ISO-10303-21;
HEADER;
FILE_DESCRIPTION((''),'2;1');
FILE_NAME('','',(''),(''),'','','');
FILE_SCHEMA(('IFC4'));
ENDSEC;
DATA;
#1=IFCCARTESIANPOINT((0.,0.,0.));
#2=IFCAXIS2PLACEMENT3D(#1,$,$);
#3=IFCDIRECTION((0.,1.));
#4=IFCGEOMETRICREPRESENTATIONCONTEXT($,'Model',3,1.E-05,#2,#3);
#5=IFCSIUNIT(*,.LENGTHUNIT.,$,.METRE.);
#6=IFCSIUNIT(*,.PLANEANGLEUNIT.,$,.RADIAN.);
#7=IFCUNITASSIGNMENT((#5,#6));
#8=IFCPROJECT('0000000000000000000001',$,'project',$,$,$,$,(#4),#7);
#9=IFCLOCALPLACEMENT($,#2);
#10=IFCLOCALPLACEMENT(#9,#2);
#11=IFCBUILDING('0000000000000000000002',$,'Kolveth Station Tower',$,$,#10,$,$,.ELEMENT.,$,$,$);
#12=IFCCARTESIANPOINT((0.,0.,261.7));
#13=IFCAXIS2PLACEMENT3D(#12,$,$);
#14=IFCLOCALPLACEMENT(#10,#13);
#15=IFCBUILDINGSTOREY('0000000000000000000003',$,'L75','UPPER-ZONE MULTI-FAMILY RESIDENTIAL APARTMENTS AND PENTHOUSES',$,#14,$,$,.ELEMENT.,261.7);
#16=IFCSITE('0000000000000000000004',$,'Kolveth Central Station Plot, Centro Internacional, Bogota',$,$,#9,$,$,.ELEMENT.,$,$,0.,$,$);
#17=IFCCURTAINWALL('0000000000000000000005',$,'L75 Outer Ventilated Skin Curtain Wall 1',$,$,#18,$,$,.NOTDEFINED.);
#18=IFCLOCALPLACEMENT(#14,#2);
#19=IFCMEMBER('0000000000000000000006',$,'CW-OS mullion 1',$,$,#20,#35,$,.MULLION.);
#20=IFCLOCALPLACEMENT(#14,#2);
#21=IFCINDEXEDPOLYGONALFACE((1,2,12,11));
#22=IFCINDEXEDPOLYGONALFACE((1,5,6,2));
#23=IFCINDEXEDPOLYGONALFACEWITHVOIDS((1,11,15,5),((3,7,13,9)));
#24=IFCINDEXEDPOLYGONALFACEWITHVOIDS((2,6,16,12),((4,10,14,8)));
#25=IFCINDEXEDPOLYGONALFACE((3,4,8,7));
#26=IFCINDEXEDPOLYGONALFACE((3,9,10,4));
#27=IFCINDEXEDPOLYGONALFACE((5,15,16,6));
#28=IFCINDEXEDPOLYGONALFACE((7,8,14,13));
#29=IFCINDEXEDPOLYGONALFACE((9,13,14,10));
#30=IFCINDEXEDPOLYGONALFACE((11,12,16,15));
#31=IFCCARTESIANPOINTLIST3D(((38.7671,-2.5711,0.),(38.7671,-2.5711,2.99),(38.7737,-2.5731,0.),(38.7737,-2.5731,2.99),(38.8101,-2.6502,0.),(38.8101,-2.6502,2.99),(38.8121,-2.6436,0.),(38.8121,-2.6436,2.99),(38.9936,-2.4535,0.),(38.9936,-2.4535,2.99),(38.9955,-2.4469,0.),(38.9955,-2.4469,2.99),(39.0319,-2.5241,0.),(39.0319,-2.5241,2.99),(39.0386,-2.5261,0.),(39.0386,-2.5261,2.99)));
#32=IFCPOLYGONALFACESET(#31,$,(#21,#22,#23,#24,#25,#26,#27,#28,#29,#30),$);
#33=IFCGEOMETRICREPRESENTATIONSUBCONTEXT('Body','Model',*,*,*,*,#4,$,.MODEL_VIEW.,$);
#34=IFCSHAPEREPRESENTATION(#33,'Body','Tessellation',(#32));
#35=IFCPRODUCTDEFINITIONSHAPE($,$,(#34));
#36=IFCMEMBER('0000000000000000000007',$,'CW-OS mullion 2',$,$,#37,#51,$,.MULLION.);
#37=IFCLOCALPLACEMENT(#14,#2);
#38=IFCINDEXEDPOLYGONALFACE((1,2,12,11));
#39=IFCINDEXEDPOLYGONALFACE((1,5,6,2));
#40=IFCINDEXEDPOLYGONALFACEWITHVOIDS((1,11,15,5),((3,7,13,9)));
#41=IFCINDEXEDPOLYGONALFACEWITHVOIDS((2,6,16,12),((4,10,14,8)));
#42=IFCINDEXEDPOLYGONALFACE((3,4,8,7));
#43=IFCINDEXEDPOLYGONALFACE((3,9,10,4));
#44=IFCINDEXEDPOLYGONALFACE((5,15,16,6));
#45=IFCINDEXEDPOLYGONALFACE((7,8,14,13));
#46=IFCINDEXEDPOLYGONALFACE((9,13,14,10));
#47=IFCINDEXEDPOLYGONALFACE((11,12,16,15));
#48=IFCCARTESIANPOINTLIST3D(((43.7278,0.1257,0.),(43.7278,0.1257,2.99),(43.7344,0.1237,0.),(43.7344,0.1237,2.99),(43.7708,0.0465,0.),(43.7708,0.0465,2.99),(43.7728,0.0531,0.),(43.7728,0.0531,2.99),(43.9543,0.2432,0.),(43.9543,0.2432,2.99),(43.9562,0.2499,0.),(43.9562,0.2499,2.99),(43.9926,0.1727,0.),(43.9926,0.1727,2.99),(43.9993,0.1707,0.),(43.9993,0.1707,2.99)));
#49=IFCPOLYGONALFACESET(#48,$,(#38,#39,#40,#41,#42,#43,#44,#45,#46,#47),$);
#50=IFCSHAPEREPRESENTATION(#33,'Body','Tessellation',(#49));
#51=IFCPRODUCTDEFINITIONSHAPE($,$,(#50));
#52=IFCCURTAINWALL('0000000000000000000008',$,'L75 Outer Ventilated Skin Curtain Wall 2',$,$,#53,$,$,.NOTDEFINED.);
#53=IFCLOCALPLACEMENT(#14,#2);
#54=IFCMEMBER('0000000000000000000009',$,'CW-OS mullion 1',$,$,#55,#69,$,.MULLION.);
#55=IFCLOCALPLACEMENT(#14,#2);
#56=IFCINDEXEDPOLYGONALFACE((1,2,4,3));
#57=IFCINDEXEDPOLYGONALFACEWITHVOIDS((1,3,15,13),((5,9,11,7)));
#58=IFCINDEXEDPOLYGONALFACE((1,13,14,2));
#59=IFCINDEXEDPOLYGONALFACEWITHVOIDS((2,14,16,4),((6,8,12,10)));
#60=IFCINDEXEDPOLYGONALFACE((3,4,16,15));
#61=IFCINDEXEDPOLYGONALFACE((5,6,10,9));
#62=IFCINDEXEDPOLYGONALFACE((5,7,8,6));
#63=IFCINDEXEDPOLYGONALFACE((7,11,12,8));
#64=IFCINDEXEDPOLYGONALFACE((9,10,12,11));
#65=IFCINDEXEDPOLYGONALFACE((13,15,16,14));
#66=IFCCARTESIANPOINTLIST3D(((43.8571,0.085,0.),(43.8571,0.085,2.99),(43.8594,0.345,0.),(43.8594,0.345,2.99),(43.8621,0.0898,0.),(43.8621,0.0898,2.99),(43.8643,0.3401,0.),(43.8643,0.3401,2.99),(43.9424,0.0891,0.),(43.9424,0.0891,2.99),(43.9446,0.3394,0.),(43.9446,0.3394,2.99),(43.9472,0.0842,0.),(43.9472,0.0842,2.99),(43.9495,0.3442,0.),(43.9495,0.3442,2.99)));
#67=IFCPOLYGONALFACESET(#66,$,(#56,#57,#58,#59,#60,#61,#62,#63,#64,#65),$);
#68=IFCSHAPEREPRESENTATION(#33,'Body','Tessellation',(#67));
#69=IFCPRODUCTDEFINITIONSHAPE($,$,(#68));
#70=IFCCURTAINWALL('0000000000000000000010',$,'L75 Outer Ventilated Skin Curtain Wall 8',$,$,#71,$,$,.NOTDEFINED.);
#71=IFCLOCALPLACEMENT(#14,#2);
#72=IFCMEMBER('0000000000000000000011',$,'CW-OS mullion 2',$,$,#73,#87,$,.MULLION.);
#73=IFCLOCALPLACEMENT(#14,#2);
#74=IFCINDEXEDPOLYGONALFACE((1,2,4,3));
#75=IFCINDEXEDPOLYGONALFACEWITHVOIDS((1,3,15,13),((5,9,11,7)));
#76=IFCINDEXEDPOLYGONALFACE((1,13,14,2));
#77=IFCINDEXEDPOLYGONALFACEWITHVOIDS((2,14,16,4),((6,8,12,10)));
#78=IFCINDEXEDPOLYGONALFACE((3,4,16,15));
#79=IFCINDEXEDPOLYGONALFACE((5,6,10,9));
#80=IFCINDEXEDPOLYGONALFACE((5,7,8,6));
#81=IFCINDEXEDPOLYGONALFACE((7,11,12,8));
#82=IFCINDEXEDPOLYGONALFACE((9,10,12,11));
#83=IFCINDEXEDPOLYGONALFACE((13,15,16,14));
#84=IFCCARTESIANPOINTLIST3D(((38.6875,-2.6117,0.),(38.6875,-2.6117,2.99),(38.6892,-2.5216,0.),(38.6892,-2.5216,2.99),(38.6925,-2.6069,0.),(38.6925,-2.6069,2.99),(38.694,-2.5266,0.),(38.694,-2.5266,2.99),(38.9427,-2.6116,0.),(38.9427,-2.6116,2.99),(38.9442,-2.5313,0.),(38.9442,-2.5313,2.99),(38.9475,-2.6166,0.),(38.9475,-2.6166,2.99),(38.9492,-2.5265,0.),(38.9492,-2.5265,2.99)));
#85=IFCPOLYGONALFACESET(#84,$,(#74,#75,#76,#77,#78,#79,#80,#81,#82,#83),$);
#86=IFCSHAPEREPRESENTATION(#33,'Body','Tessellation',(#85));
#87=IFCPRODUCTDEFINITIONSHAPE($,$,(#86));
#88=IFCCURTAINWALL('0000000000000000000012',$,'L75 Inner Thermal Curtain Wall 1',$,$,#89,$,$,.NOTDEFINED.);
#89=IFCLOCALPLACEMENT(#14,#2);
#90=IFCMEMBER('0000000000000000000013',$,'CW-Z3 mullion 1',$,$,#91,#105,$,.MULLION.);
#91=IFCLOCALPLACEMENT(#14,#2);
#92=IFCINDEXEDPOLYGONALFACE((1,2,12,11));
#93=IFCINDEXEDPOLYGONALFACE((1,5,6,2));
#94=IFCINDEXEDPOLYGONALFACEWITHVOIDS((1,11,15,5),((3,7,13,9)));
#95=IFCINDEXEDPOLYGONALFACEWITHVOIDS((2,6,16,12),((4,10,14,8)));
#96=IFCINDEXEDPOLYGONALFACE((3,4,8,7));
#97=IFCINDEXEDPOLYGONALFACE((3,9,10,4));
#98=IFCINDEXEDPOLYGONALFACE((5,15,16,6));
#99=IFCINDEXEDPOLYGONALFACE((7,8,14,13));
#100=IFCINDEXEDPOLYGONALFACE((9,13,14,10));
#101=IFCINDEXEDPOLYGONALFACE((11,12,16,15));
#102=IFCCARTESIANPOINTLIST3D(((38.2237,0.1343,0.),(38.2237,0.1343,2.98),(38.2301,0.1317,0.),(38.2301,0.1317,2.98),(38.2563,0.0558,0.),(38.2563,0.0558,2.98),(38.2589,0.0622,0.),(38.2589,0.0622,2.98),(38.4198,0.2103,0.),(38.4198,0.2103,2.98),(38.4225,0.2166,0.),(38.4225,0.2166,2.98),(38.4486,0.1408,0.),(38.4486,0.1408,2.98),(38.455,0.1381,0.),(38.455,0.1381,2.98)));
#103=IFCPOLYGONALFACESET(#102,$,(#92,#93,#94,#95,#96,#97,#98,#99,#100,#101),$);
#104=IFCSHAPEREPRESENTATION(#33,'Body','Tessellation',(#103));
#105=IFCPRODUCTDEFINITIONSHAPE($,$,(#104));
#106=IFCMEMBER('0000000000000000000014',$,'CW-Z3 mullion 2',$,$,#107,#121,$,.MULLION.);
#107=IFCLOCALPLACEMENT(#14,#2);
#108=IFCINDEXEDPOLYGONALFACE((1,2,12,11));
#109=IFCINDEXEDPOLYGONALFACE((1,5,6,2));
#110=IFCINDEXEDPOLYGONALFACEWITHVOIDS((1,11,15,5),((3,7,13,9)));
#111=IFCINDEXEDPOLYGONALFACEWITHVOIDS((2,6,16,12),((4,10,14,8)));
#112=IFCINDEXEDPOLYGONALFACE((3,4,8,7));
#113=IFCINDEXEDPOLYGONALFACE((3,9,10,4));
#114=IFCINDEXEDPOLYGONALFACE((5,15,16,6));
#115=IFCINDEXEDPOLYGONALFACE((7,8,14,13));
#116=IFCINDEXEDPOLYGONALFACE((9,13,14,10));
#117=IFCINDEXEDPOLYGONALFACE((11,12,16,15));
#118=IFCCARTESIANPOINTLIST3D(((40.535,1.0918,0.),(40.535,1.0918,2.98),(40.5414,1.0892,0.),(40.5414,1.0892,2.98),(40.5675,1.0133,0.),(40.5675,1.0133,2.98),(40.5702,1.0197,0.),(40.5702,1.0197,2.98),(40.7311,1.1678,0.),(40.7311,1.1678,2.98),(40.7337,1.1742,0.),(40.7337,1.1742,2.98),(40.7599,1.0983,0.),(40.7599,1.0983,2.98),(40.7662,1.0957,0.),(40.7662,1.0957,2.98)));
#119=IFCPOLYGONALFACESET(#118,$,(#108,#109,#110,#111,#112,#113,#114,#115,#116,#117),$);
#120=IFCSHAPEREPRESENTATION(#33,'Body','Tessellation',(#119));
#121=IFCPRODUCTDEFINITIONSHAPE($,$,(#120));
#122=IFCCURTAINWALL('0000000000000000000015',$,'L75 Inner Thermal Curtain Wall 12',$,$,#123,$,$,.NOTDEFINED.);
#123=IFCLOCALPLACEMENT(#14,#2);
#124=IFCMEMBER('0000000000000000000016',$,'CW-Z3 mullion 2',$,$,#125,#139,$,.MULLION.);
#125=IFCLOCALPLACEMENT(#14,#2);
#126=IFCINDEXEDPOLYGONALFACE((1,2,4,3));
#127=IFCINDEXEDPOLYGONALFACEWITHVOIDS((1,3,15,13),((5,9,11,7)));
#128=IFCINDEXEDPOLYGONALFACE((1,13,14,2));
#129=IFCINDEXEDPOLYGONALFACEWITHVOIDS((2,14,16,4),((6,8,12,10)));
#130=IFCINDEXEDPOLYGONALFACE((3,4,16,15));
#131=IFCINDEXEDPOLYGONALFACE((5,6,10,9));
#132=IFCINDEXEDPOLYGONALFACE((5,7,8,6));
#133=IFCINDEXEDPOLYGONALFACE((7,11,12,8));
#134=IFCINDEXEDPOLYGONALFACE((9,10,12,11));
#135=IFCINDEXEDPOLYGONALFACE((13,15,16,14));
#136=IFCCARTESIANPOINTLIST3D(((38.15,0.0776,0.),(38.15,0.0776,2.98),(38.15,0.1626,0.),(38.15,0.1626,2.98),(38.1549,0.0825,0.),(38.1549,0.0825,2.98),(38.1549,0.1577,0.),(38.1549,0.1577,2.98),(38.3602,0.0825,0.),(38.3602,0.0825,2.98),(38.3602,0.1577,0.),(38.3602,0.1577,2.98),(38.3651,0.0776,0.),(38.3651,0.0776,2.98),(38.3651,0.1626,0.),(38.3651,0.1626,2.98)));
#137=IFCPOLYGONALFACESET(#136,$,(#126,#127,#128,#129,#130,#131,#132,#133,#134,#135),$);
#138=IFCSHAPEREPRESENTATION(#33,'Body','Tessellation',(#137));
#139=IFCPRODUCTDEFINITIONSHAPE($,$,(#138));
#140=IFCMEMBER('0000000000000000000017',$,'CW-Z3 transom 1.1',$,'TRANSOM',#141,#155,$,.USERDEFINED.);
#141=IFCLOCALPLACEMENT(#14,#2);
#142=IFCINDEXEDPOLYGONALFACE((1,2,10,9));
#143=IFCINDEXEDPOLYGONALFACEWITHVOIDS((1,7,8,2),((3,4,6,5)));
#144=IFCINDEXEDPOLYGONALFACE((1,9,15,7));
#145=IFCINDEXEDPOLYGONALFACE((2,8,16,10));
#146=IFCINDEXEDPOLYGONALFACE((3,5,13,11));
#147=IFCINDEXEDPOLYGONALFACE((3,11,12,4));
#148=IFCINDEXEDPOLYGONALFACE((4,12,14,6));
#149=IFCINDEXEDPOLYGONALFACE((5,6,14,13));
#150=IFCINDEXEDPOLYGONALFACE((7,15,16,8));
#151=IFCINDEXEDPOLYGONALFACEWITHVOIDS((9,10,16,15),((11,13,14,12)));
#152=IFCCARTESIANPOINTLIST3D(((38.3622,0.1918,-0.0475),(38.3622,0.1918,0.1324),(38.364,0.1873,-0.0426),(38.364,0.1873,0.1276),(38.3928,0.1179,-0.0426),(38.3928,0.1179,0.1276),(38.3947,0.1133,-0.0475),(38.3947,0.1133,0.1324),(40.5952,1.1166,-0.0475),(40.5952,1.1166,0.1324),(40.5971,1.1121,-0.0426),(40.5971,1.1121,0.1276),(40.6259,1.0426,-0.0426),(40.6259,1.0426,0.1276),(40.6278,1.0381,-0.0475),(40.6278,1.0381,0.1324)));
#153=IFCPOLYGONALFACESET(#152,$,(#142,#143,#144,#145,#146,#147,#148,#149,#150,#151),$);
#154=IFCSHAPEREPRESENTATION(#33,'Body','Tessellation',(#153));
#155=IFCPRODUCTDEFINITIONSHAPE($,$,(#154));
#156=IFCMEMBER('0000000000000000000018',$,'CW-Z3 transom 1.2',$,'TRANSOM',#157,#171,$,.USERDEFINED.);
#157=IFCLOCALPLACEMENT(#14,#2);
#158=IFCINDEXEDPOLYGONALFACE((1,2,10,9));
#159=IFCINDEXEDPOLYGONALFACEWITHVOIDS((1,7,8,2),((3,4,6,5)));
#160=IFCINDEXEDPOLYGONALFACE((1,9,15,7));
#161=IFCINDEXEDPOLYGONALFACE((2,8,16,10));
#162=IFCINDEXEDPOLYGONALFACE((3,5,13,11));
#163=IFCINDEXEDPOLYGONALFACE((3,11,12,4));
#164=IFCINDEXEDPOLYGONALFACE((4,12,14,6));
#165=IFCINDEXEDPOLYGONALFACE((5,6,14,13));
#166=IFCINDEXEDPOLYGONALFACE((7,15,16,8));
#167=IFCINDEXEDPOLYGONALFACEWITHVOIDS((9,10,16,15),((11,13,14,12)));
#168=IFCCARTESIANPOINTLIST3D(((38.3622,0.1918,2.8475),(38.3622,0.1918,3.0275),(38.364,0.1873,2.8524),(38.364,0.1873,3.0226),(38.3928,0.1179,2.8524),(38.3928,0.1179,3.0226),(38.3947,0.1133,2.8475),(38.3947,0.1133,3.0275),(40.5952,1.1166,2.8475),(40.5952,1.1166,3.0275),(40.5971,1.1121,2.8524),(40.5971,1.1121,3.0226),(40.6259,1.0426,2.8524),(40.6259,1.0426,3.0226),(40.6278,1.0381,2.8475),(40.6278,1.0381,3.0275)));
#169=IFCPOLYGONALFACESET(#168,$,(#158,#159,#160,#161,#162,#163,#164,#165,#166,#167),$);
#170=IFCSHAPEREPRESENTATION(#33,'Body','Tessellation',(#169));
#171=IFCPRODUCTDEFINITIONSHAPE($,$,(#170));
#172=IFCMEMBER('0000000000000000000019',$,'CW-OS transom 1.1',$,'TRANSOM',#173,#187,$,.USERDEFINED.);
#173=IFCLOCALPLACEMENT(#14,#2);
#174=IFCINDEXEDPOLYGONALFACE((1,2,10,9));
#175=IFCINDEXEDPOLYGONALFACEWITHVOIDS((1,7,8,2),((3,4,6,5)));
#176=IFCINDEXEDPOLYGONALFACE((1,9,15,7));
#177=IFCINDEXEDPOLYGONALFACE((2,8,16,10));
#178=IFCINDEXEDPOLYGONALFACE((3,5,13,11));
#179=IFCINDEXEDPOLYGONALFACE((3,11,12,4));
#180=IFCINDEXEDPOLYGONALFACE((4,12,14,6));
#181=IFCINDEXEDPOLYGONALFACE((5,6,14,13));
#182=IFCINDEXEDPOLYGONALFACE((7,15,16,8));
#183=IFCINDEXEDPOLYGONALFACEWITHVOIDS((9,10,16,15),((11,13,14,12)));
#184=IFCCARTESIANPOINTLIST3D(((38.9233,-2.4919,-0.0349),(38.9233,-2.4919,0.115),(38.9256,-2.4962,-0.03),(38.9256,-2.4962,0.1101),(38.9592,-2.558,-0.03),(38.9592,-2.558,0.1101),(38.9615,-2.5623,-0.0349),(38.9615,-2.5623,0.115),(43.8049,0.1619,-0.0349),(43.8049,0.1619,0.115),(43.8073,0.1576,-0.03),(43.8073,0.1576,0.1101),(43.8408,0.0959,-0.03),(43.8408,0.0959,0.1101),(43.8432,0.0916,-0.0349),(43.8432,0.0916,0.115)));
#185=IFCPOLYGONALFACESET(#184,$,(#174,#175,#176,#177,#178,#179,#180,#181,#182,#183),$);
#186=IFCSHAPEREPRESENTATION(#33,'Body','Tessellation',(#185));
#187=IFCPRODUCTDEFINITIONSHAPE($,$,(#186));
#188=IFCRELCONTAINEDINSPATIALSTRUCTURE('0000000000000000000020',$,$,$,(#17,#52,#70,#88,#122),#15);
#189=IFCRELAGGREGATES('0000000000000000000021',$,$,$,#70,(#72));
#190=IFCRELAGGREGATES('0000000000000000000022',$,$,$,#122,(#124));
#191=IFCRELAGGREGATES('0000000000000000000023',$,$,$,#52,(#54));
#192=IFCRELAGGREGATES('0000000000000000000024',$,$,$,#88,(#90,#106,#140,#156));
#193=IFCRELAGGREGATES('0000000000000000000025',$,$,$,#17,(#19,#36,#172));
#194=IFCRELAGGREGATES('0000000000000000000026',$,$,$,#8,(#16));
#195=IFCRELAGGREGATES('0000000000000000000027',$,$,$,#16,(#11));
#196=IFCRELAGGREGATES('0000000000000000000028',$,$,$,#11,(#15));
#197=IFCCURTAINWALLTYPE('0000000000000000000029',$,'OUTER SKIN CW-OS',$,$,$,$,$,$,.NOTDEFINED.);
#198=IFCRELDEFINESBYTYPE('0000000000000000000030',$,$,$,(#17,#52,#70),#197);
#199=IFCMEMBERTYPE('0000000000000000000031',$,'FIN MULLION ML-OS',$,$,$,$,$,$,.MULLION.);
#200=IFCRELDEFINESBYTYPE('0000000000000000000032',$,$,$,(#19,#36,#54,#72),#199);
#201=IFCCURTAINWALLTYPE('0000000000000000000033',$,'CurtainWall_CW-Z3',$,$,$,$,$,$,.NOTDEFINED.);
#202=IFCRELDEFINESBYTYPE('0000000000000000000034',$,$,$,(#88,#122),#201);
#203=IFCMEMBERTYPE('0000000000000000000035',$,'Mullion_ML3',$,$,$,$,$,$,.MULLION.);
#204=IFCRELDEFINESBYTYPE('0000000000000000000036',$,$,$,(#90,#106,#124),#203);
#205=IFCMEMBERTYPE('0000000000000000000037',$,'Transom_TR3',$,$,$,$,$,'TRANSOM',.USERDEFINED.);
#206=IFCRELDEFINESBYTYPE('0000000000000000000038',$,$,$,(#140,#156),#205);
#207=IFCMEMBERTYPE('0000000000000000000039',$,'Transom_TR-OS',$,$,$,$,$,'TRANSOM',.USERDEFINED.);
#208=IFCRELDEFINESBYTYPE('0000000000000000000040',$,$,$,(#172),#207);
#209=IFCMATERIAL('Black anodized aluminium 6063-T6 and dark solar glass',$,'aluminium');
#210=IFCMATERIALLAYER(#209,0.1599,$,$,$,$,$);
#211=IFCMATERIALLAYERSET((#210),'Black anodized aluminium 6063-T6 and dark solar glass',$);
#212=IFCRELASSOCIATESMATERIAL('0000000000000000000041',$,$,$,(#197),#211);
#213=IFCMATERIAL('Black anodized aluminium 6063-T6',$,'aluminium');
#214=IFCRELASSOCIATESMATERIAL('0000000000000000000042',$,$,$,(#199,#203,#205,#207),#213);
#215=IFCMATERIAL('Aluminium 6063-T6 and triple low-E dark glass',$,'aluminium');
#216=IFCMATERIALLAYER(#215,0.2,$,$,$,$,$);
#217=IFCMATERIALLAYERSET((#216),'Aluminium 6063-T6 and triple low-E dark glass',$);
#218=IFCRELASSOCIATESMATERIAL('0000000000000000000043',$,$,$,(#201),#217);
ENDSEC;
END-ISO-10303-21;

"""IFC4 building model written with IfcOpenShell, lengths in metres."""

from ifc_helpers import new_model, si_unit, direction, frame, origin, origin_2d, place, context, subcontext, project, spatial, hollow_rectangle, extrude, source, transform, mapped, material, layer, layer_set, material_profile, profile_set, type_object, element, aggregate, save


model = new_model("IFC4")

# Units and contexts
model_context = context("Model", 3, precision=1e-05, world=origin(), true_north=direction((0.0, 1.0)))
body_context = subcontext(model_context, "Body", "Model", "MODEL_VIEW")
ifc_project = project(units=[si_unit("LENGTHUNIT", "METRE"), si_unit("PLANEANGLEUNIT", "RADIAN")], contexts=[model_context])

# Site, building, storey
site_placement = place(None, origin())
site = spatial("IfcSite", under=ifc_project, at=site_placement, Name="Kolveth Central Station Plot, Centro Internacional, Bogota", CompositionType="ELEMENT", RefElevation=0.0)
building_placement = place(site_placement, origin())
building = spatial("IfcBuilding", under=site, at=building_placement, Name="Kolveth Station Tower", CompositionType="ELEMENT")
storey_placement = place(building_placement, frame((0.0, 0.0, 261.7)))
storey = spatial("IfcBuildingStorey", under=building, at=storey_placement, Name="L75", Description="UPPER-ZONE MULTI-FAMILY RESIDENTIAL APARTMENTS AND PENTHOUSES", CompositionType="ELEMENT", Elevation=261.7)

# Curtain wall, members
ifc_material_1 = material(Name="Black anodized aluminium 6063-T6 and dark solar glass", Category="aluminium")
ifc_layer_1 = layer(ifc_material_1, 0.1599)
ifc_layer_set_1 = layer_set([ifc_layer_1], Name="Black anodized aluminium 6063-T6 and dark solar glass")
curtain_wall_type_1 = type_object("IfcCurtainWallType", Name="OUTER SKIN CW-OS", PredefinedType="NOTDEFINED", material=ifc_layer_set_1)
curtain_wall_1_placement = place(storey_placement, origin())
curtain_wall_1 = element("IfcCurtainWall", 1, at=curtain_wall_1_placement, inside=storey, type_object=curtain_wall_type_1, Name="L75 Outer Ventilated Skin Curtain Wall 1", PredefinedType="NOTDEFINED")
ifc_material_2 = material(Name="Black anodized aluminium 6063-T6", Category="aluminium")
ifc_material_profile_1 = material_profile(ifc_material_2, hollow_rectangle(XDim=0.0901, YDim=0.26, WallThickness=0.0049, at=origin_2d()), Name="ALU-90x260x5")
ifc_profile_set_1 = profile_set([ifc_material_profile_1], Name="Black anodized aluminium 6063-T6")
member_type_1 = type_object("IfcMemberType", Name="FIN MULLION ML-OS", PredefinedType="MULLION", material=ifc_profile_set_1)
shared_shape_1 = source(origin(), body_context, "Body", "SweptSolid", [
    extrude(hollow_rectangle(XDim=0.0901, YDim=0.26, WallThickness=0.0049, at=origin_2d()), origin(), (0.0, 0.0, 1.0), 2.99),
])
member_1_placement = place(storey_placement, frame((38.9028, -2.5486, 0.0), z_axis=(0.0, 0.0, 1.0), x_axis=(-0.477606, 0.878574, 0.0)))
member_1 = element("IfcMember", 2, at=member_1_placement, type_object=member_type_1, Name="CW-OS mullion 1", PredefinedType="MULLION", context=body_context, shape_type="MappedRepresentation", body=[
    mapped(shared_shape_1, transform((0.0, 0.0, 0.0), x_axis=(1.0, 0.0, 0.0), y_axis=(0.0, 1.0, 0.0), z_axis=(0.0, 0.0, 1.0), scale=1.0)),
])
member_2_placement = place(storey_placement, frame((43.8635, 0.1482, 0.0), z_axis=(0.0, 0.0, 1.0), x_axis=(-0.477606, 0.878574, 0.0)))
member_2 = element("IfcMember", 3, at=member_2_placement, type_object=member_type_1, Name="CW-OS mullion 2", PredefinedType="MULLION", context=body_context, shape_type="MappedRepresentation", body=[
    mapped(shared_shape_1, transform((0.0, 0.0, 0.0), x_axis=(1.0, 0.0, 0.0), y_axis=(0.0, 1.0, 0.0), z_axis=(0.0, 0.0, 1.0), scale=1.0)),
])

# Curtain walls, members
curtain_wall_2_placement = place(storey_placement, origin())
curtain_wall_2 = element("IfcCurtainWall", 4, at=curtain_wall_2_placement, inside=storey, type_object=curtain_wall_type_1, Name="L75 Outer Ventilated Skin Curtain Wall 2", PredefinedType="NOTDEFINED")
member_3_placement = place(storey_placement, frame((43.9033, 0.2146, 0.0), z_axis=(0.0, 0.0, 1.0), x_axis=(-0.999961, 0.008779, 0.0)))
member_3 = element("IfcMember", 5, at=member_3_placement, type_object=member_type_1, Name="CW-OS mullion 1", PredefinedType="MULLION", context=body_context, shape_type="MappedRepresentation", body=[
    mapped(shared_shape_1, transform((0.0, 0.0, 0.0), x_axis=(1.0, 0.0, 0.0), y_axis=(0.0, 1.0, 0.0), z_axis=(0.0, 0.0, 1.0), scale=1.0)),
])
curtain_wall_3_placement = place(storey_placement, origin())
curtain_wall_3 = element("IfcCurtainWall", 6, at=curtain_wall_3_placement, inside=storey, type_object=curtain_wall_type_1, Name="L75 Outer Ventilated Skin Curtain Wall 8", PredefinedType="NOTDEFINED")
member_4_placement = place(storey_placement, frame((38.8184, -2.5691, 0.0), z_axis=(0.0, 0.0, 1.0), x_axis=(0.018918, 0.999821, 0.0)))
member_4 = element("IfcMember", 7, at=member_4_placement, type_object=member_type_1, Name="CW-OS mullion 2", PredefinedType="MULLION", context=body_context, shape_type="MappedRepresentation", body=[
    mapped(shared_shape_1, transform((0.0, 0.0, 0.0), x_axis=(1.0, 0.0, 0.0), y_axis=(0.0, 1.0, 0.0), z_axis=(0.0, 0.0, 1.0), scale=1.0)),
])
aggregate(curtain_wall_3, [member_4])

# Curtain wall, members
ifc_material_3 = material(Name="Aluminium 6063-T6 and triple low-E dark glass", Category="aluminium")
ifc_layer_2 = layer(ifc_material_3, 0.2)
ifc_layer_set_2 = layer_set([ifc_layer_2], Name="Aluminium 6063-T6 and triple low-E dark glass")
curtain_wall_type_2 = type_object("IfcCurtainWallType", Name="CurtainWall_CW-Z3", PredefinedType="NOTDEFINED", material=ifc_layer_set_2)
curtain_wall_4_placement = place(storey_placement, origin())
curtain_wall_4 = element("IfcCurtainWall", 8, at=curtain_wall_4_placement, inside=storey, type_object=curtain_wall_type_2, Name="L75 Inner Thermal Curtain Wall 1", PredefinedType="NOTDEFINED")
ifc_material_profile_2 = material_profile(ifc_material_2, hollow_rectangle(XDim=0.085, YDim=0.2151, WallThickness=0.0049, at=origin_2d()), Name="ALU-85x215x5")
ifc_profile_set_2 = profile_set([ifc_material_profile_2], Name="Black anodized aluminium 6063-T6")
member_type_2 = type_object("IfcMemberType", Name="Mullion_ML3", PredefinedType="MULLION", material=ifc_profile_set_2)
shared_shape_2 = source(origin(), body_context, "Body", "SweptSolid", [
    extrude(hollow_rectangle(XDim=0.085, YDim=0.2151, WallThickness=0.0049, at=origin_2d()), origin(), (0.0, 0.0, 1.0), 2.98),
])
member_5_placement = place(storey_placement, frame((38.3394, 0.1362, 0.0), z_axis=(0.0, 0.0, 1.0), x_axis=(-0.382693, 0.923875, 0.0)))
member_5 = element("IfcMember", 9, at=member_5_placement, type_object=member_type_2, Name="CW-Z3 mullion 1", PredefinedType="MULLION", context=body_context, shape_type="MappedRepresentation", body=[
    mapped(shared_shape_2, transform((0.0, 0.0, 0.0), x_axis=(1.0, 0.0, 0.0), y_axis=(0.0, 1.0, 0.0), z_axis=(0.0, 0.0, 1.0), scale=1.0)),
])
member_6_placement = place(storey_placement, frame((40.6506, 1.0938, 0.0), z_axis=(0.0, 0.0, 1.0), x_axis=(-0.382693, 0.923875, 0.0)))
member_6 = element("IfcMember", 10, at=member_6_placement, type_object=member_type_2, Name="CW-Z3 mullion 2", PredefinedType="MULLION", context=body_context, shape_type="MappedRepresentation", body=[
    mapped(shared_shape_2, transform((0.0, 0.0, 0.0), x_axis=(1.0, 0.0, 0.0), y_axis=(0.0, 1.0, 0.0), z_axis=(0.0, 0.0, 1.0), scale=1.0)),
])

# Curtain wall, member
curtain_wall_5_placement = place(storey_placement, origin())
curtain_wall_5 = element("IfcCurtainWall", 11, at=curtain_wall_5_placement, inside=storey, type_object=curtain_wall_type_2, Name="L75 Inner Thermal Curtain Wall 12", PredefinedType="NOTDEFINED")
member_7_placement = place(storey_placement, frame((38.2576, 0.1201, 0.0), z_axis=(0.0, 0.0, 1.0), x_axis=(0.0, 1.0, 0.0)))
member_7 = element("IfcMember", 12, at=member_7_placement, type_object=member_type_2, Name="CW-Z3 mullion 2", PredefinedType="MULLION", context=body_context, shape_type="MappedRepresentation", body=[
    mapped(shared_shape_2, transform((0.0, 0.0, 0.0), x_axis=(1.0, 0.0, 0.0), y_axis=(0.0, 1.0, 0.0), z_axis=(0.0, 0.0, 1.0), scale=1.0)),
])
aggregate(curtain_wall_5, [member_7])

# Members
ifc_material_profile_3 = material_profile(ifc_material_2, hollow_rectangle(XDim=0.085, YDim=0.1799, WallThickness=0.0049, at=origin_2d()), Name="ALU-85x180x5")
ifc_profile_set_3 = profile_set([ifc_material_profile_3], Name="Black anodized aluminium 6063-T6")
member_type_3 = type_object("IfcMemberType", Name="Transom_TR3", ElementType="TRANSOM", PredefinedType="USERDEFINED", material=ifc_profile_set_3)
shared_shape_3 = source(origin(), body_context, "Body", "SweptSolid", [
    extrude(hollow_rectangle(XDim=0.085, YDim=0.1799, WallThickness=0.0049, at=origin_2d()), origin(), (0.0, 0.0, 1.0), 2.417),
])
member_8_placement = place(storey_placement, frame((38.3784, 0.1526, 0.0425), z_axis=(0.923909, 0.382613, 0.0), x_axis=(-0.382613, 0.923909, 0.0)))
member_8 = element("IfcMember", 13, at=member_8_placement, type_object=member_type_3, Name="CW-Z3 transom 1.1", ObjectType="TRANSOM", PredefinedType="USERDEFINED", context=body_context, shape_type="MappedRepresentation", body=[
    mapped(shared_shape_3, transform((0.0, 0.0, 0.0), x_axis=(1.0, 0.0, 0.0), y_axis=(0.0, 1.0, 0.0), z_axis=(0.0, 0.0, 1.0), scale=1.0)),
])
member_9_placement = place(storey_placement, frame((38.3784, 0.1526, 2.9375), z_axis=(0.923909, 0.382613, 0.0), x_axis=(-0.382613, 0.923909, 0.0)))
member_9 = element("IfcMember", 14, at=member_9_placement, type_object=member_type_3, Name="CW-Z3 transom 1.2", ObjectType="TRANSOM", PredefinedType="USERDEFINED", context=body_context, shape_type="MappedRepresentation", body=[
    mapped(shared_shape_3, transform((0.0, 0.0, 0.0), x_axis=(1.0, 0.0, 0.0), y_axis=(0.0, 1.0, 0.0), z_axis=(0.0, 0.0, 1.0), scale=1.0)),
])
ifc_material_profile_4 = material_profile(ifc_material_2, hollow_rectangle(XDim=0.0801, YDim=0.1499, WallThickness=0.0049, at=origin_2d()), Name="ALU-80x150x5")
ifc_profile_set_4 = profile_set([ifc_material_profile_4], Name="Black anodized aluminium 6063-T6")
member_type_4 = type_object("IfcMemberType", Name="Transom_TR-OS", ElementType="TRANSOM", PredefinedType="USERDEFINED", material=ifc_profile_set_4)
shared_shape_4 = source(origin(), body_context, "Body", "SweptSolid", [
    extrude(hollow_rectangle(XDim=0.0801, YDim=0.1499, WallThickness=0.0049, at=origin_2d()), origin(), (0.0, 0.0, 1.0), 5.5564),
])
member_10_placement = place(storey_placement, frame((38.9424, -2.5271, 0.04), z_axis=(0.878566, 0.47762, 0.0), x_axis=(-0.47762, 0.878566, 0.0)))
member_10 = element("IfcMember", 15, at=member_10_placement, type_object=member_type_4, Name="CW-OS transom 1.1", ObjectType="TRANSOM", PredefinedType="USERDEFINED", context=body_context, shape_type="MappedRepresentation", body=[
    mapped(shared_shape_4, transform((0.0, 0.0, 0.0), x_axis=(1.0, 0.0, 0.0), y_axis=(0.0, 1.0, 0.0), z_axis=(0.0, 0.0, 1.0), scale=1.0)),
])
aggregate(curtain_wall_2, [member_3])

aggregate(curtain_wall_4, [member_5, member_6, member_8, member_9])
aggregate(curtain_wall_1, [member_1, member_2, member_10])

save(model, "model.ifc")
